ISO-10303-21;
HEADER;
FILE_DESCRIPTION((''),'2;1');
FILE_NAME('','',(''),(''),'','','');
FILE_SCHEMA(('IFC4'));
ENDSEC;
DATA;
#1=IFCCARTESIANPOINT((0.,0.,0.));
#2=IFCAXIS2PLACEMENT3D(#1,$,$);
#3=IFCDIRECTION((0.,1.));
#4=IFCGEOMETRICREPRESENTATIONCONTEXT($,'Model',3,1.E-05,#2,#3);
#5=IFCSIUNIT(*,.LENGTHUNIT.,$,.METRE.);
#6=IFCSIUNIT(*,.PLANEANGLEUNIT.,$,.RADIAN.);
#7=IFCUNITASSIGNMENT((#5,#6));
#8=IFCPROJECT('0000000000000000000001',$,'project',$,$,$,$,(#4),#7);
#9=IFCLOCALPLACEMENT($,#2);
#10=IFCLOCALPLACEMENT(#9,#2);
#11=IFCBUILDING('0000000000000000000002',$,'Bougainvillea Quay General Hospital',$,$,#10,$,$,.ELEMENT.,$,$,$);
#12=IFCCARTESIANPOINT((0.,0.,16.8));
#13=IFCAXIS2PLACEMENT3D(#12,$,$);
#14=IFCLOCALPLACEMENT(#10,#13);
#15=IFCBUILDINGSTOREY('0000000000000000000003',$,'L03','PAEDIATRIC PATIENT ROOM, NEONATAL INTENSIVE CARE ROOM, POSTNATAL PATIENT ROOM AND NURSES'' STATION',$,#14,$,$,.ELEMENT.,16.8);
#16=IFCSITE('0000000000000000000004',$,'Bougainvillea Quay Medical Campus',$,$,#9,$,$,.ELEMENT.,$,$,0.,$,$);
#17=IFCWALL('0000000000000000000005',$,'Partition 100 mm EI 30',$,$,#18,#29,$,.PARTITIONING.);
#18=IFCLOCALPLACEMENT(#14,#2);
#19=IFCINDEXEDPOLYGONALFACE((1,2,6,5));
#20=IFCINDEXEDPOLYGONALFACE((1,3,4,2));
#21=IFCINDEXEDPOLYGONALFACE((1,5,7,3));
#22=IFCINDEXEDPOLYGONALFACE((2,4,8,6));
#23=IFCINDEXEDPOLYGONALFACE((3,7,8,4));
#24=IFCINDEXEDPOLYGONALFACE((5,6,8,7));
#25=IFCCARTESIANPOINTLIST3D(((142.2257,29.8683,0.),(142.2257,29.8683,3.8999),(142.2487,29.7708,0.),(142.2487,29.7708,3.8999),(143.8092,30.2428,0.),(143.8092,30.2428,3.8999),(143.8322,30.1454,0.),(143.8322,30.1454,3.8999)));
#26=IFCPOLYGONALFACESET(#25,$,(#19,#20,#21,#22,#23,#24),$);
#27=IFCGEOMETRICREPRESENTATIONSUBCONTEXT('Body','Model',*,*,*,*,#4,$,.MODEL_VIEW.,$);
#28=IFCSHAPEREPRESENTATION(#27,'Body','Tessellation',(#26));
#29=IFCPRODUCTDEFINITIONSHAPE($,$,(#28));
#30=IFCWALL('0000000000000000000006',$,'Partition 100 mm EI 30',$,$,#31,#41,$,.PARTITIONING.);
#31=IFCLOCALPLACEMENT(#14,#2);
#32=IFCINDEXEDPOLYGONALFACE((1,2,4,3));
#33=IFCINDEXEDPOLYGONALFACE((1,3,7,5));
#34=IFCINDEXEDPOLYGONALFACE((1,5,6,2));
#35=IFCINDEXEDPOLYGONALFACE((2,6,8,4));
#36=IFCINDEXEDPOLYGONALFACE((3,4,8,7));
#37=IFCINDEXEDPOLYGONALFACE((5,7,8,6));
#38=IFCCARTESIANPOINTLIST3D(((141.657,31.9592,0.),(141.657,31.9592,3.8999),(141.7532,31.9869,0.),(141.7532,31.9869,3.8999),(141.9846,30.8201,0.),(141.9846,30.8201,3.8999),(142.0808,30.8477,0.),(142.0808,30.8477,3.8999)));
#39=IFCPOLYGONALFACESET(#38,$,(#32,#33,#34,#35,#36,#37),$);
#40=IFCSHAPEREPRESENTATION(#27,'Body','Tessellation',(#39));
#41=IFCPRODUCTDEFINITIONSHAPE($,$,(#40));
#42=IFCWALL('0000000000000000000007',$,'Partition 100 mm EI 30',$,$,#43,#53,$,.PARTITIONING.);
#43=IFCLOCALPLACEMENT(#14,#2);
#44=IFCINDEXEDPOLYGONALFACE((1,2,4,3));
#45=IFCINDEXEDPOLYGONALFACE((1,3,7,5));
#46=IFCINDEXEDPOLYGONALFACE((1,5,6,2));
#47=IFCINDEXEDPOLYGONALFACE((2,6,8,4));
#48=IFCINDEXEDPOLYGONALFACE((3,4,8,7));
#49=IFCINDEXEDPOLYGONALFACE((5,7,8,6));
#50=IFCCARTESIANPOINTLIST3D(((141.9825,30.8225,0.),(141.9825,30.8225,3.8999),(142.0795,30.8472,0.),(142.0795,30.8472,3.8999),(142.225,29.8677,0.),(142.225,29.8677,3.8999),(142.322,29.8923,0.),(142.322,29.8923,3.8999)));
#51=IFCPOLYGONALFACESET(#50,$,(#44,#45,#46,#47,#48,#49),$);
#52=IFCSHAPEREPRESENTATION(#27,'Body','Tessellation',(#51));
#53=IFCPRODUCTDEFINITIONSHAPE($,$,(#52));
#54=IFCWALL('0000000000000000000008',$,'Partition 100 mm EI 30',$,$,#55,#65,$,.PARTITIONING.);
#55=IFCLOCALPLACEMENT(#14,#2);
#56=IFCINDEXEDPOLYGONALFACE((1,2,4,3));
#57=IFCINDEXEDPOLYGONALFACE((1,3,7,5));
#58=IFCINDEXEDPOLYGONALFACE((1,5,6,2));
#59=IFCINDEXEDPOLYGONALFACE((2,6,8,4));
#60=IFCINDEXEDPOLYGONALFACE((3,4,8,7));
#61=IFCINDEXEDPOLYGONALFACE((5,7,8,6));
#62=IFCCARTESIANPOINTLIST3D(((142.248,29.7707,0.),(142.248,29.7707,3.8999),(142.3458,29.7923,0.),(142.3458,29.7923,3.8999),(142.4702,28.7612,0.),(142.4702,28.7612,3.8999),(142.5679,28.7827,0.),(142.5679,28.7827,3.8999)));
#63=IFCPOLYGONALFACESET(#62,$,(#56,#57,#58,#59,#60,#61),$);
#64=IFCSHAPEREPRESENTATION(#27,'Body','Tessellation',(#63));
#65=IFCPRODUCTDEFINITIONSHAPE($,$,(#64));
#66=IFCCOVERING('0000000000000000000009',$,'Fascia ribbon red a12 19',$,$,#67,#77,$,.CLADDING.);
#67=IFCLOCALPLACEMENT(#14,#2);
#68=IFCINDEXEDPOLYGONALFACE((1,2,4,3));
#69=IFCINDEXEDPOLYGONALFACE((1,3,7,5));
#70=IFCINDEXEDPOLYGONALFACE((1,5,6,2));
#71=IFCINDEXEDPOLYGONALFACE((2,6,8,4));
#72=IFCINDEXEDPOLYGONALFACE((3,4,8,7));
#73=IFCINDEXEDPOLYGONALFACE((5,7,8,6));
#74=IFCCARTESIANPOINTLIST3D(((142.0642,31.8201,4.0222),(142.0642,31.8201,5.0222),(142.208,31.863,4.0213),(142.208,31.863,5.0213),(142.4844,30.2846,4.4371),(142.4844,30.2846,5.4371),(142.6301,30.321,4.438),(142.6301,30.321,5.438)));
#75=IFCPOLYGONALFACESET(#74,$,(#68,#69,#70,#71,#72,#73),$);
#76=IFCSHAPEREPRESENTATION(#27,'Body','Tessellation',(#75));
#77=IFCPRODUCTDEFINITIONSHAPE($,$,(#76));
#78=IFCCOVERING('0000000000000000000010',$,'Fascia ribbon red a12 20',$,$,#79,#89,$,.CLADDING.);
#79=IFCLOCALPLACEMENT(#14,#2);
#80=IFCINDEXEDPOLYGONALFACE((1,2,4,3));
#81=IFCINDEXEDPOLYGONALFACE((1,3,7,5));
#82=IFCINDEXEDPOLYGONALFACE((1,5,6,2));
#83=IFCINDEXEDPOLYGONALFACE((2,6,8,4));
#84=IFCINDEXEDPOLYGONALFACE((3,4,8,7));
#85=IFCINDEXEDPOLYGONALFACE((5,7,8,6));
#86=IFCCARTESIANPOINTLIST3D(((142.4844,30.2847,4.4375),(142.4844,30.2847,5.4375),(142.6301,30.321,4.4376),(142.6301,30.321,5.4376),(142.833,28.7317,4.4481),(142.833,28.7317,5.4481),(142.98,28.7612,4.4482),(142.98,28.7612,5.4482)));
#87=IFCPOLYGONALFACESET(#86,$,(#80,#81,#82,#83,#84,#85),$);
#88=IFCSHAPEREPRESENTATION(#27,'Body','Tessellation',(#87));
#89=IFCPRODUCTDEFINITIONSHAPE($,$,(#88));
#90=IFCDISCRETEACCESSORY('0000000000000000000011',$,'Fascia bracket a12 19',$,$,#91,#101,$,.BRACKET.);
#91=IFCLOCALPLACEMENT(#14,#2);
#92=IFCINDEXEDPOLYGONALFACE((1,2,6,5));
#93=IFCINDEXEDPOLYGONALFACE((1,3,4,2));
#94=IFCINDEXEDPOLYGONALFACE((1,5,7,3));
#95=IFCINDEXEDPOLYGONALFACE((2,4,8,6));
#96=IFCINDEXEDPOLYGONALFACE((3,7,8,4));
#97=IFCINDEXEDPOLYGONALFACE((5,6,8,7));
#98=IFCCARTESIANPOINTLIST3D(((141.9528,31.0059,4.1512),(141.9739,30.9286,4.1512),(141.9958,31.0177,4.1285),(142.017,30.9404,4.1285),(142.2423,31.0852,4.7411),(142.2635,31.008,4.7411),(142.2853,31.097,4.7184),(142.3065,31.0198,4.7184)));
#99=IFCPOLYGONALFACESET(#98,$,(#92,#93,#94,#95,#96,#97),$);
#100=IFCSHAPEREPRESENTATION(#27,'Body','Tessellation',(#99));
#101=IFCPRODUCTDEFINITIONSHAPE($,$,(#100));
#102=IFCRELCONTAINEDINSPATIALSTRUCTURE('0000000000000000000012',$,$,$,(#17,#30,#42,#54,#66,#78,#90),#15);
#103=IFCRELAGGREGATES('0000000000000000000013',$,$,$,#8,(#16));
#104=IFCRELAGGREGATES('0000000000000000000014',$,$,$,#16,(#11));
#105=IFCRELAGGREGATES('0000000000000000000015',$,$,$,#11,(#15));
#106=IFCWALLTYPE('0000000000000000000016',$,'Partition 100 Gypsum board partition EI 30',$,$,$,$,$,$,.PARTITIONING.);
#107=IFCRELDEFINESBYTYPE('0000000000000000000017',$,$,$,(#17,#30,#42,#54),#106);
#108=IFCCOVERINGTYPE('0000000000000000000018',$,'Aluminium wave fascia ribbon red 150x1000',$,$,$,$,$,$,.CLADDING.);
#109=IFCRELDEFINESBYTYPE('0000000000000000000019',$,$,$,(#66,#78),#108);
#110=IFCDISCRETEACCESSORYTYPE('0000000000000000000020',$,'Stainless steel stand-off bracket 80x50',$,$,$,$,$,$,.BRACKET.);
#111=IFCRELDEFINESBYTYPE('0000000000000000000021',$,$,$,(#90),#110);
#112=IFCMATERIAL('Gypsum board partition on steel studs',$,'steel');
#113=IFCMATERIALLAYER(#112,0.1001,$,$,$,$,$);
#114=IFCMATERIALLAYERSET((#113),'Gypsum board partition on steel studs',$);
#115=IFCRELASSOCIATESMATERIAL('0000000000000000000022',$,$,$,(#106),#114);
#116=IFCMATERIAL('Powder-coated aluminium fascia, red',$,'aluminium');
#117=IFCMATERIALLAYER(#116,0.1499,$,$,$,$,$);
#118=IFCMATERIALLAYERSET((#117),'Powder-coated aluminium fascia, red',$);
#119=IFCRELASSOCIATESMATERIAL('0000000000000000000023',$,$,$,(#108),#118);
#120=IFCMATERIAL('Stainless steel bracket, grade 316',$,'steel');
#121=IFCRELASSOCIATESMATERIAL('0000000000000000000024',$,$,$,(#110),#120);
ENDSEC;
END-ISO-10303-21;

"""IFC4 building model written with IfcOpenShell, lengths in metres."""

from ifc_helpers import new_model, si_unit, direction, frame, frame_2d, origin, origin_2d, place, context, subcontext, project, spatial, polyline, rectangle, outline, extrude, material, layer, layer_set, material_profile, profile_set, type_object, element, save


model = new_model("IFC4")

# Units and contexts
model_context = context("Model", 3, precision=1e-05, world=origin(), true_north=direction((0.0, 1.0)))
body_context = subcontext(model_context, "Body", "Model", "MODEL_VIEW")
ifc_project = project(units=[si_unit("LENGTHUNIT", "METRE"), si_unit("PLANEANGLEUNIT", "RADIAN")], contexts=[model_context])

# Site, building, storey
site_placement = place(None, origin())
site = spatial("IfcSite", under=ifc_project, at=site_placement, Name="Bougainvillea Quay Medical Campus", CompositionType="ELEMENT", RefElevation=0.0)
building_placement = place(site_placement, origin())
building = spatial("IfcBuilding", under=site, at=building_placement, Name="Bougainvillea Quay General Hospital", CompositionType="ELEMENT")
storey_placement = place(building_placement, frame((0.0, 0.0, 16.8)))
storey = spatial("IfcBuildingStorey", under=building, at=storey_placement, Name="L03", Description="PAEDIATRIC PATIENT ROOM, NEONATAL INTENSIVE CARE ROOM, POSTNATAL PATIENT ROOM AND NURSES' STATION", CompositionType="ELEMENT", Elevation=16.8)

# Walls
ifc_material_1 = material(Name="Gypsum board partition on steel studs", Category="steel")
ifc_layer_1 = layer(ifc_material_1, 0.1001)
ifc_layer_set_1 = layer_set([ifc_layer_1], Name="Gypsum board partition on steel studs")
wall_type = type_object("IfcWallType", Name="Partition 100 Gypsum board partition EI 30", PredefinedType="PARTITIONING", material=ifc_layer_set_1)
wall_1_placement = place(storey_placement, frame((142.2373, 29.8196, 0.0), z_axis=(0.0, 0.0, 1.0), x_axis=(0.973153, 0.23016, 0.0)))
element("IfcWall", 1, at=wall_1_placement, inside=storey, type_object=wall_type, Name="Partition 100 mm EI 30", PredefinedType="PARTITIONING", context=body_context, shape_type="SweptSolid", body=[
    extrude(rectangle(XDim=1.6272, YDim=0.1001, at=frame_2d((0.8135, 0.0))), origin(), (0.0, 0.0, 1.0), 3.8999),
])
wall_2_placement = place(storey_placement, frame((141.7051, 31.9731, 0.0), z_axis=(0.0, 0.0, 1.0), x_axis=(0.276407, -0.961041, 0.0)))
element("IfcWall", 2, at=wall_2_placement, inside=storey, type_object=wall_type, Name="Partition 100 mm EI 30", PredefinedType="PARTITIONING", context=body_context, shape_type="SweptSolid", body=[
    extrude(rectangle(XDim=1.1853, YDim=0.1001, at=frame_2d((0.5928, 0.0))), origin(), (0.0, 0.0, 1.0), 3.8999),
])
wall_3_placement = place(storey_placement, frame((142.031, 30.835, 0.0), z_axis=(0.0, 0.0, 1.0), x_axis=(0.246091, -0.969247, 0.0)))
element("IfcWall", 3, at=wall_3_placement, inside=storey, type_object=wall_type, Name="Partition 100 mm EI 30", PredefinedType="PARTITIONING", context=body_context, shape_type="SweptSolid", body=[
    extrude(rectangle(XDim=0.9851, YDim=0.1001, at=frame_2d((0.4927, 0.0))), origin(), (0.0, 0.0, 1.0), 3.8999),
])
wall_4_placement = place(storey_placement, frame((142.2969, 29.7815, 0.0), z_axis=(0.0, 0.0, 1.0), x_axis=(0.214929, -0.97663, 0.0)))
element("IfcWall", 4, at=wall_4_placement, inside=storey, type_object=wall_type, Name="Partition 100 mm EI 30", PredefinedType="PARTITIONING", context=body_context, shape_type="SweptSolid", body=[
    extrude(rectangle(XDim=1.0337, YDim=0.1001, at=frame_2d((0.5168, 0.0))), origin(), (0.0, 0.0, 1.0), 3.8999),
])

# Coverings
ifc_material_2 = material(Name="Powder-coated aluminium fascia, red", Category="aluminium")
ifc_layer_2 = layer(ifc_material_2, 0.1499)
ifc_layer_set_2 = layer_set([ifc_layer_2], Name="Powder-coated aluminium fascia, red")
covering_type = type_object("IfcCoveringType", Name="Aluminium wave fascia ribbon red 150x1000", PredefinedType="CLADDING", material=ifc_layer_set_2)
covering_1_placement = place(storey_placement, frame((142.0642, 31.8201, 4.0222), z_axis=(-0.066653, 0.243233, 0.967675), x_axis=(0.255416, -0.933358, 0.2522)))
element("IfcCovering", 5, at=covering_1_placement, inside=storey, type_object=covering_type, Name="Fascia ribbon red a12 19", PredefinedType="CLADDING", context=body_context, shape_type="SweptSolid", body=[
    extrude(outline(polyline([(0.0, 0.0), (1.6451, 0.0), (1.6485, 0.1502), (-0.0036, 0.15), (0.0, 0.0)])), origin(), (0.2522, 0.000086, 0.967675), 1.0),
])
covering_2_placement = place(storey_placement, frame((142.4844, 30.2847, 4.4375), z_axis=(-0.002257, 0.006317, 0.999978), x_axis=(0.219036, -0.975694, 0.006658)))
element("IfcCovering", 6, at=covering_2_placement, inside=storey, type_object=covering_type, Name="Fascia ribbon red a12 20", PredefinedType="CLADDING", context=body_context, shape_type="SweptSolid", body=[
    extrude(outline(polyline([(0.0, 0.0), (1.5917, 0.0), (1.595, 0.1499), (-0.0036, 0.1502), (0.0, 0.0)])), origin(), (0.006658, 0.000818, 0.999978), 1.0),
])

# Discrete accessory
ifc_material_3 = material(Name="Stainless steel bracket, grade 316", Category="steel")
ifc_material_profile_1 = material_profile(ifc_material_3, rectangle(XDim=0.0801, YDim=0.05, at=origin_2d()))
ifc_profile_set_1 = profile_set([ifc_material_profile_1], Name="Stainless steel bracket, grade 316")
discrete_accessory_type = type_object("IfcDiscreteAccessoryType", Name="Stainless steel stand-off bracket 80x50", PredefinedType="BRACKET", material=ifc_profile_set_1)
discrete_accessory_placement = place(storey_placement, frame((141.9849, 30.9731, 4.1399), z_axis=(0.437484, 0.119884, 0.891199), x_axis=(-0.264287, 0.964444, 0.0)))
element("IfcDiscreteAccessory", 7, at=discrete_accessory_placement, inside=storey, type_object=discrete_accessory_type, Name="Fascia bracket a12 19", PredefinedType="BRACKET", context=body_context, shape_type="SweptSolid", body=[
    extrude(rectangle(XDim=0.0801, YDim=0.05, at=origin_2d()), origin(), (0.0, 0.0, 1.0), 0.6619),
])

save(model, "model.ifc")
